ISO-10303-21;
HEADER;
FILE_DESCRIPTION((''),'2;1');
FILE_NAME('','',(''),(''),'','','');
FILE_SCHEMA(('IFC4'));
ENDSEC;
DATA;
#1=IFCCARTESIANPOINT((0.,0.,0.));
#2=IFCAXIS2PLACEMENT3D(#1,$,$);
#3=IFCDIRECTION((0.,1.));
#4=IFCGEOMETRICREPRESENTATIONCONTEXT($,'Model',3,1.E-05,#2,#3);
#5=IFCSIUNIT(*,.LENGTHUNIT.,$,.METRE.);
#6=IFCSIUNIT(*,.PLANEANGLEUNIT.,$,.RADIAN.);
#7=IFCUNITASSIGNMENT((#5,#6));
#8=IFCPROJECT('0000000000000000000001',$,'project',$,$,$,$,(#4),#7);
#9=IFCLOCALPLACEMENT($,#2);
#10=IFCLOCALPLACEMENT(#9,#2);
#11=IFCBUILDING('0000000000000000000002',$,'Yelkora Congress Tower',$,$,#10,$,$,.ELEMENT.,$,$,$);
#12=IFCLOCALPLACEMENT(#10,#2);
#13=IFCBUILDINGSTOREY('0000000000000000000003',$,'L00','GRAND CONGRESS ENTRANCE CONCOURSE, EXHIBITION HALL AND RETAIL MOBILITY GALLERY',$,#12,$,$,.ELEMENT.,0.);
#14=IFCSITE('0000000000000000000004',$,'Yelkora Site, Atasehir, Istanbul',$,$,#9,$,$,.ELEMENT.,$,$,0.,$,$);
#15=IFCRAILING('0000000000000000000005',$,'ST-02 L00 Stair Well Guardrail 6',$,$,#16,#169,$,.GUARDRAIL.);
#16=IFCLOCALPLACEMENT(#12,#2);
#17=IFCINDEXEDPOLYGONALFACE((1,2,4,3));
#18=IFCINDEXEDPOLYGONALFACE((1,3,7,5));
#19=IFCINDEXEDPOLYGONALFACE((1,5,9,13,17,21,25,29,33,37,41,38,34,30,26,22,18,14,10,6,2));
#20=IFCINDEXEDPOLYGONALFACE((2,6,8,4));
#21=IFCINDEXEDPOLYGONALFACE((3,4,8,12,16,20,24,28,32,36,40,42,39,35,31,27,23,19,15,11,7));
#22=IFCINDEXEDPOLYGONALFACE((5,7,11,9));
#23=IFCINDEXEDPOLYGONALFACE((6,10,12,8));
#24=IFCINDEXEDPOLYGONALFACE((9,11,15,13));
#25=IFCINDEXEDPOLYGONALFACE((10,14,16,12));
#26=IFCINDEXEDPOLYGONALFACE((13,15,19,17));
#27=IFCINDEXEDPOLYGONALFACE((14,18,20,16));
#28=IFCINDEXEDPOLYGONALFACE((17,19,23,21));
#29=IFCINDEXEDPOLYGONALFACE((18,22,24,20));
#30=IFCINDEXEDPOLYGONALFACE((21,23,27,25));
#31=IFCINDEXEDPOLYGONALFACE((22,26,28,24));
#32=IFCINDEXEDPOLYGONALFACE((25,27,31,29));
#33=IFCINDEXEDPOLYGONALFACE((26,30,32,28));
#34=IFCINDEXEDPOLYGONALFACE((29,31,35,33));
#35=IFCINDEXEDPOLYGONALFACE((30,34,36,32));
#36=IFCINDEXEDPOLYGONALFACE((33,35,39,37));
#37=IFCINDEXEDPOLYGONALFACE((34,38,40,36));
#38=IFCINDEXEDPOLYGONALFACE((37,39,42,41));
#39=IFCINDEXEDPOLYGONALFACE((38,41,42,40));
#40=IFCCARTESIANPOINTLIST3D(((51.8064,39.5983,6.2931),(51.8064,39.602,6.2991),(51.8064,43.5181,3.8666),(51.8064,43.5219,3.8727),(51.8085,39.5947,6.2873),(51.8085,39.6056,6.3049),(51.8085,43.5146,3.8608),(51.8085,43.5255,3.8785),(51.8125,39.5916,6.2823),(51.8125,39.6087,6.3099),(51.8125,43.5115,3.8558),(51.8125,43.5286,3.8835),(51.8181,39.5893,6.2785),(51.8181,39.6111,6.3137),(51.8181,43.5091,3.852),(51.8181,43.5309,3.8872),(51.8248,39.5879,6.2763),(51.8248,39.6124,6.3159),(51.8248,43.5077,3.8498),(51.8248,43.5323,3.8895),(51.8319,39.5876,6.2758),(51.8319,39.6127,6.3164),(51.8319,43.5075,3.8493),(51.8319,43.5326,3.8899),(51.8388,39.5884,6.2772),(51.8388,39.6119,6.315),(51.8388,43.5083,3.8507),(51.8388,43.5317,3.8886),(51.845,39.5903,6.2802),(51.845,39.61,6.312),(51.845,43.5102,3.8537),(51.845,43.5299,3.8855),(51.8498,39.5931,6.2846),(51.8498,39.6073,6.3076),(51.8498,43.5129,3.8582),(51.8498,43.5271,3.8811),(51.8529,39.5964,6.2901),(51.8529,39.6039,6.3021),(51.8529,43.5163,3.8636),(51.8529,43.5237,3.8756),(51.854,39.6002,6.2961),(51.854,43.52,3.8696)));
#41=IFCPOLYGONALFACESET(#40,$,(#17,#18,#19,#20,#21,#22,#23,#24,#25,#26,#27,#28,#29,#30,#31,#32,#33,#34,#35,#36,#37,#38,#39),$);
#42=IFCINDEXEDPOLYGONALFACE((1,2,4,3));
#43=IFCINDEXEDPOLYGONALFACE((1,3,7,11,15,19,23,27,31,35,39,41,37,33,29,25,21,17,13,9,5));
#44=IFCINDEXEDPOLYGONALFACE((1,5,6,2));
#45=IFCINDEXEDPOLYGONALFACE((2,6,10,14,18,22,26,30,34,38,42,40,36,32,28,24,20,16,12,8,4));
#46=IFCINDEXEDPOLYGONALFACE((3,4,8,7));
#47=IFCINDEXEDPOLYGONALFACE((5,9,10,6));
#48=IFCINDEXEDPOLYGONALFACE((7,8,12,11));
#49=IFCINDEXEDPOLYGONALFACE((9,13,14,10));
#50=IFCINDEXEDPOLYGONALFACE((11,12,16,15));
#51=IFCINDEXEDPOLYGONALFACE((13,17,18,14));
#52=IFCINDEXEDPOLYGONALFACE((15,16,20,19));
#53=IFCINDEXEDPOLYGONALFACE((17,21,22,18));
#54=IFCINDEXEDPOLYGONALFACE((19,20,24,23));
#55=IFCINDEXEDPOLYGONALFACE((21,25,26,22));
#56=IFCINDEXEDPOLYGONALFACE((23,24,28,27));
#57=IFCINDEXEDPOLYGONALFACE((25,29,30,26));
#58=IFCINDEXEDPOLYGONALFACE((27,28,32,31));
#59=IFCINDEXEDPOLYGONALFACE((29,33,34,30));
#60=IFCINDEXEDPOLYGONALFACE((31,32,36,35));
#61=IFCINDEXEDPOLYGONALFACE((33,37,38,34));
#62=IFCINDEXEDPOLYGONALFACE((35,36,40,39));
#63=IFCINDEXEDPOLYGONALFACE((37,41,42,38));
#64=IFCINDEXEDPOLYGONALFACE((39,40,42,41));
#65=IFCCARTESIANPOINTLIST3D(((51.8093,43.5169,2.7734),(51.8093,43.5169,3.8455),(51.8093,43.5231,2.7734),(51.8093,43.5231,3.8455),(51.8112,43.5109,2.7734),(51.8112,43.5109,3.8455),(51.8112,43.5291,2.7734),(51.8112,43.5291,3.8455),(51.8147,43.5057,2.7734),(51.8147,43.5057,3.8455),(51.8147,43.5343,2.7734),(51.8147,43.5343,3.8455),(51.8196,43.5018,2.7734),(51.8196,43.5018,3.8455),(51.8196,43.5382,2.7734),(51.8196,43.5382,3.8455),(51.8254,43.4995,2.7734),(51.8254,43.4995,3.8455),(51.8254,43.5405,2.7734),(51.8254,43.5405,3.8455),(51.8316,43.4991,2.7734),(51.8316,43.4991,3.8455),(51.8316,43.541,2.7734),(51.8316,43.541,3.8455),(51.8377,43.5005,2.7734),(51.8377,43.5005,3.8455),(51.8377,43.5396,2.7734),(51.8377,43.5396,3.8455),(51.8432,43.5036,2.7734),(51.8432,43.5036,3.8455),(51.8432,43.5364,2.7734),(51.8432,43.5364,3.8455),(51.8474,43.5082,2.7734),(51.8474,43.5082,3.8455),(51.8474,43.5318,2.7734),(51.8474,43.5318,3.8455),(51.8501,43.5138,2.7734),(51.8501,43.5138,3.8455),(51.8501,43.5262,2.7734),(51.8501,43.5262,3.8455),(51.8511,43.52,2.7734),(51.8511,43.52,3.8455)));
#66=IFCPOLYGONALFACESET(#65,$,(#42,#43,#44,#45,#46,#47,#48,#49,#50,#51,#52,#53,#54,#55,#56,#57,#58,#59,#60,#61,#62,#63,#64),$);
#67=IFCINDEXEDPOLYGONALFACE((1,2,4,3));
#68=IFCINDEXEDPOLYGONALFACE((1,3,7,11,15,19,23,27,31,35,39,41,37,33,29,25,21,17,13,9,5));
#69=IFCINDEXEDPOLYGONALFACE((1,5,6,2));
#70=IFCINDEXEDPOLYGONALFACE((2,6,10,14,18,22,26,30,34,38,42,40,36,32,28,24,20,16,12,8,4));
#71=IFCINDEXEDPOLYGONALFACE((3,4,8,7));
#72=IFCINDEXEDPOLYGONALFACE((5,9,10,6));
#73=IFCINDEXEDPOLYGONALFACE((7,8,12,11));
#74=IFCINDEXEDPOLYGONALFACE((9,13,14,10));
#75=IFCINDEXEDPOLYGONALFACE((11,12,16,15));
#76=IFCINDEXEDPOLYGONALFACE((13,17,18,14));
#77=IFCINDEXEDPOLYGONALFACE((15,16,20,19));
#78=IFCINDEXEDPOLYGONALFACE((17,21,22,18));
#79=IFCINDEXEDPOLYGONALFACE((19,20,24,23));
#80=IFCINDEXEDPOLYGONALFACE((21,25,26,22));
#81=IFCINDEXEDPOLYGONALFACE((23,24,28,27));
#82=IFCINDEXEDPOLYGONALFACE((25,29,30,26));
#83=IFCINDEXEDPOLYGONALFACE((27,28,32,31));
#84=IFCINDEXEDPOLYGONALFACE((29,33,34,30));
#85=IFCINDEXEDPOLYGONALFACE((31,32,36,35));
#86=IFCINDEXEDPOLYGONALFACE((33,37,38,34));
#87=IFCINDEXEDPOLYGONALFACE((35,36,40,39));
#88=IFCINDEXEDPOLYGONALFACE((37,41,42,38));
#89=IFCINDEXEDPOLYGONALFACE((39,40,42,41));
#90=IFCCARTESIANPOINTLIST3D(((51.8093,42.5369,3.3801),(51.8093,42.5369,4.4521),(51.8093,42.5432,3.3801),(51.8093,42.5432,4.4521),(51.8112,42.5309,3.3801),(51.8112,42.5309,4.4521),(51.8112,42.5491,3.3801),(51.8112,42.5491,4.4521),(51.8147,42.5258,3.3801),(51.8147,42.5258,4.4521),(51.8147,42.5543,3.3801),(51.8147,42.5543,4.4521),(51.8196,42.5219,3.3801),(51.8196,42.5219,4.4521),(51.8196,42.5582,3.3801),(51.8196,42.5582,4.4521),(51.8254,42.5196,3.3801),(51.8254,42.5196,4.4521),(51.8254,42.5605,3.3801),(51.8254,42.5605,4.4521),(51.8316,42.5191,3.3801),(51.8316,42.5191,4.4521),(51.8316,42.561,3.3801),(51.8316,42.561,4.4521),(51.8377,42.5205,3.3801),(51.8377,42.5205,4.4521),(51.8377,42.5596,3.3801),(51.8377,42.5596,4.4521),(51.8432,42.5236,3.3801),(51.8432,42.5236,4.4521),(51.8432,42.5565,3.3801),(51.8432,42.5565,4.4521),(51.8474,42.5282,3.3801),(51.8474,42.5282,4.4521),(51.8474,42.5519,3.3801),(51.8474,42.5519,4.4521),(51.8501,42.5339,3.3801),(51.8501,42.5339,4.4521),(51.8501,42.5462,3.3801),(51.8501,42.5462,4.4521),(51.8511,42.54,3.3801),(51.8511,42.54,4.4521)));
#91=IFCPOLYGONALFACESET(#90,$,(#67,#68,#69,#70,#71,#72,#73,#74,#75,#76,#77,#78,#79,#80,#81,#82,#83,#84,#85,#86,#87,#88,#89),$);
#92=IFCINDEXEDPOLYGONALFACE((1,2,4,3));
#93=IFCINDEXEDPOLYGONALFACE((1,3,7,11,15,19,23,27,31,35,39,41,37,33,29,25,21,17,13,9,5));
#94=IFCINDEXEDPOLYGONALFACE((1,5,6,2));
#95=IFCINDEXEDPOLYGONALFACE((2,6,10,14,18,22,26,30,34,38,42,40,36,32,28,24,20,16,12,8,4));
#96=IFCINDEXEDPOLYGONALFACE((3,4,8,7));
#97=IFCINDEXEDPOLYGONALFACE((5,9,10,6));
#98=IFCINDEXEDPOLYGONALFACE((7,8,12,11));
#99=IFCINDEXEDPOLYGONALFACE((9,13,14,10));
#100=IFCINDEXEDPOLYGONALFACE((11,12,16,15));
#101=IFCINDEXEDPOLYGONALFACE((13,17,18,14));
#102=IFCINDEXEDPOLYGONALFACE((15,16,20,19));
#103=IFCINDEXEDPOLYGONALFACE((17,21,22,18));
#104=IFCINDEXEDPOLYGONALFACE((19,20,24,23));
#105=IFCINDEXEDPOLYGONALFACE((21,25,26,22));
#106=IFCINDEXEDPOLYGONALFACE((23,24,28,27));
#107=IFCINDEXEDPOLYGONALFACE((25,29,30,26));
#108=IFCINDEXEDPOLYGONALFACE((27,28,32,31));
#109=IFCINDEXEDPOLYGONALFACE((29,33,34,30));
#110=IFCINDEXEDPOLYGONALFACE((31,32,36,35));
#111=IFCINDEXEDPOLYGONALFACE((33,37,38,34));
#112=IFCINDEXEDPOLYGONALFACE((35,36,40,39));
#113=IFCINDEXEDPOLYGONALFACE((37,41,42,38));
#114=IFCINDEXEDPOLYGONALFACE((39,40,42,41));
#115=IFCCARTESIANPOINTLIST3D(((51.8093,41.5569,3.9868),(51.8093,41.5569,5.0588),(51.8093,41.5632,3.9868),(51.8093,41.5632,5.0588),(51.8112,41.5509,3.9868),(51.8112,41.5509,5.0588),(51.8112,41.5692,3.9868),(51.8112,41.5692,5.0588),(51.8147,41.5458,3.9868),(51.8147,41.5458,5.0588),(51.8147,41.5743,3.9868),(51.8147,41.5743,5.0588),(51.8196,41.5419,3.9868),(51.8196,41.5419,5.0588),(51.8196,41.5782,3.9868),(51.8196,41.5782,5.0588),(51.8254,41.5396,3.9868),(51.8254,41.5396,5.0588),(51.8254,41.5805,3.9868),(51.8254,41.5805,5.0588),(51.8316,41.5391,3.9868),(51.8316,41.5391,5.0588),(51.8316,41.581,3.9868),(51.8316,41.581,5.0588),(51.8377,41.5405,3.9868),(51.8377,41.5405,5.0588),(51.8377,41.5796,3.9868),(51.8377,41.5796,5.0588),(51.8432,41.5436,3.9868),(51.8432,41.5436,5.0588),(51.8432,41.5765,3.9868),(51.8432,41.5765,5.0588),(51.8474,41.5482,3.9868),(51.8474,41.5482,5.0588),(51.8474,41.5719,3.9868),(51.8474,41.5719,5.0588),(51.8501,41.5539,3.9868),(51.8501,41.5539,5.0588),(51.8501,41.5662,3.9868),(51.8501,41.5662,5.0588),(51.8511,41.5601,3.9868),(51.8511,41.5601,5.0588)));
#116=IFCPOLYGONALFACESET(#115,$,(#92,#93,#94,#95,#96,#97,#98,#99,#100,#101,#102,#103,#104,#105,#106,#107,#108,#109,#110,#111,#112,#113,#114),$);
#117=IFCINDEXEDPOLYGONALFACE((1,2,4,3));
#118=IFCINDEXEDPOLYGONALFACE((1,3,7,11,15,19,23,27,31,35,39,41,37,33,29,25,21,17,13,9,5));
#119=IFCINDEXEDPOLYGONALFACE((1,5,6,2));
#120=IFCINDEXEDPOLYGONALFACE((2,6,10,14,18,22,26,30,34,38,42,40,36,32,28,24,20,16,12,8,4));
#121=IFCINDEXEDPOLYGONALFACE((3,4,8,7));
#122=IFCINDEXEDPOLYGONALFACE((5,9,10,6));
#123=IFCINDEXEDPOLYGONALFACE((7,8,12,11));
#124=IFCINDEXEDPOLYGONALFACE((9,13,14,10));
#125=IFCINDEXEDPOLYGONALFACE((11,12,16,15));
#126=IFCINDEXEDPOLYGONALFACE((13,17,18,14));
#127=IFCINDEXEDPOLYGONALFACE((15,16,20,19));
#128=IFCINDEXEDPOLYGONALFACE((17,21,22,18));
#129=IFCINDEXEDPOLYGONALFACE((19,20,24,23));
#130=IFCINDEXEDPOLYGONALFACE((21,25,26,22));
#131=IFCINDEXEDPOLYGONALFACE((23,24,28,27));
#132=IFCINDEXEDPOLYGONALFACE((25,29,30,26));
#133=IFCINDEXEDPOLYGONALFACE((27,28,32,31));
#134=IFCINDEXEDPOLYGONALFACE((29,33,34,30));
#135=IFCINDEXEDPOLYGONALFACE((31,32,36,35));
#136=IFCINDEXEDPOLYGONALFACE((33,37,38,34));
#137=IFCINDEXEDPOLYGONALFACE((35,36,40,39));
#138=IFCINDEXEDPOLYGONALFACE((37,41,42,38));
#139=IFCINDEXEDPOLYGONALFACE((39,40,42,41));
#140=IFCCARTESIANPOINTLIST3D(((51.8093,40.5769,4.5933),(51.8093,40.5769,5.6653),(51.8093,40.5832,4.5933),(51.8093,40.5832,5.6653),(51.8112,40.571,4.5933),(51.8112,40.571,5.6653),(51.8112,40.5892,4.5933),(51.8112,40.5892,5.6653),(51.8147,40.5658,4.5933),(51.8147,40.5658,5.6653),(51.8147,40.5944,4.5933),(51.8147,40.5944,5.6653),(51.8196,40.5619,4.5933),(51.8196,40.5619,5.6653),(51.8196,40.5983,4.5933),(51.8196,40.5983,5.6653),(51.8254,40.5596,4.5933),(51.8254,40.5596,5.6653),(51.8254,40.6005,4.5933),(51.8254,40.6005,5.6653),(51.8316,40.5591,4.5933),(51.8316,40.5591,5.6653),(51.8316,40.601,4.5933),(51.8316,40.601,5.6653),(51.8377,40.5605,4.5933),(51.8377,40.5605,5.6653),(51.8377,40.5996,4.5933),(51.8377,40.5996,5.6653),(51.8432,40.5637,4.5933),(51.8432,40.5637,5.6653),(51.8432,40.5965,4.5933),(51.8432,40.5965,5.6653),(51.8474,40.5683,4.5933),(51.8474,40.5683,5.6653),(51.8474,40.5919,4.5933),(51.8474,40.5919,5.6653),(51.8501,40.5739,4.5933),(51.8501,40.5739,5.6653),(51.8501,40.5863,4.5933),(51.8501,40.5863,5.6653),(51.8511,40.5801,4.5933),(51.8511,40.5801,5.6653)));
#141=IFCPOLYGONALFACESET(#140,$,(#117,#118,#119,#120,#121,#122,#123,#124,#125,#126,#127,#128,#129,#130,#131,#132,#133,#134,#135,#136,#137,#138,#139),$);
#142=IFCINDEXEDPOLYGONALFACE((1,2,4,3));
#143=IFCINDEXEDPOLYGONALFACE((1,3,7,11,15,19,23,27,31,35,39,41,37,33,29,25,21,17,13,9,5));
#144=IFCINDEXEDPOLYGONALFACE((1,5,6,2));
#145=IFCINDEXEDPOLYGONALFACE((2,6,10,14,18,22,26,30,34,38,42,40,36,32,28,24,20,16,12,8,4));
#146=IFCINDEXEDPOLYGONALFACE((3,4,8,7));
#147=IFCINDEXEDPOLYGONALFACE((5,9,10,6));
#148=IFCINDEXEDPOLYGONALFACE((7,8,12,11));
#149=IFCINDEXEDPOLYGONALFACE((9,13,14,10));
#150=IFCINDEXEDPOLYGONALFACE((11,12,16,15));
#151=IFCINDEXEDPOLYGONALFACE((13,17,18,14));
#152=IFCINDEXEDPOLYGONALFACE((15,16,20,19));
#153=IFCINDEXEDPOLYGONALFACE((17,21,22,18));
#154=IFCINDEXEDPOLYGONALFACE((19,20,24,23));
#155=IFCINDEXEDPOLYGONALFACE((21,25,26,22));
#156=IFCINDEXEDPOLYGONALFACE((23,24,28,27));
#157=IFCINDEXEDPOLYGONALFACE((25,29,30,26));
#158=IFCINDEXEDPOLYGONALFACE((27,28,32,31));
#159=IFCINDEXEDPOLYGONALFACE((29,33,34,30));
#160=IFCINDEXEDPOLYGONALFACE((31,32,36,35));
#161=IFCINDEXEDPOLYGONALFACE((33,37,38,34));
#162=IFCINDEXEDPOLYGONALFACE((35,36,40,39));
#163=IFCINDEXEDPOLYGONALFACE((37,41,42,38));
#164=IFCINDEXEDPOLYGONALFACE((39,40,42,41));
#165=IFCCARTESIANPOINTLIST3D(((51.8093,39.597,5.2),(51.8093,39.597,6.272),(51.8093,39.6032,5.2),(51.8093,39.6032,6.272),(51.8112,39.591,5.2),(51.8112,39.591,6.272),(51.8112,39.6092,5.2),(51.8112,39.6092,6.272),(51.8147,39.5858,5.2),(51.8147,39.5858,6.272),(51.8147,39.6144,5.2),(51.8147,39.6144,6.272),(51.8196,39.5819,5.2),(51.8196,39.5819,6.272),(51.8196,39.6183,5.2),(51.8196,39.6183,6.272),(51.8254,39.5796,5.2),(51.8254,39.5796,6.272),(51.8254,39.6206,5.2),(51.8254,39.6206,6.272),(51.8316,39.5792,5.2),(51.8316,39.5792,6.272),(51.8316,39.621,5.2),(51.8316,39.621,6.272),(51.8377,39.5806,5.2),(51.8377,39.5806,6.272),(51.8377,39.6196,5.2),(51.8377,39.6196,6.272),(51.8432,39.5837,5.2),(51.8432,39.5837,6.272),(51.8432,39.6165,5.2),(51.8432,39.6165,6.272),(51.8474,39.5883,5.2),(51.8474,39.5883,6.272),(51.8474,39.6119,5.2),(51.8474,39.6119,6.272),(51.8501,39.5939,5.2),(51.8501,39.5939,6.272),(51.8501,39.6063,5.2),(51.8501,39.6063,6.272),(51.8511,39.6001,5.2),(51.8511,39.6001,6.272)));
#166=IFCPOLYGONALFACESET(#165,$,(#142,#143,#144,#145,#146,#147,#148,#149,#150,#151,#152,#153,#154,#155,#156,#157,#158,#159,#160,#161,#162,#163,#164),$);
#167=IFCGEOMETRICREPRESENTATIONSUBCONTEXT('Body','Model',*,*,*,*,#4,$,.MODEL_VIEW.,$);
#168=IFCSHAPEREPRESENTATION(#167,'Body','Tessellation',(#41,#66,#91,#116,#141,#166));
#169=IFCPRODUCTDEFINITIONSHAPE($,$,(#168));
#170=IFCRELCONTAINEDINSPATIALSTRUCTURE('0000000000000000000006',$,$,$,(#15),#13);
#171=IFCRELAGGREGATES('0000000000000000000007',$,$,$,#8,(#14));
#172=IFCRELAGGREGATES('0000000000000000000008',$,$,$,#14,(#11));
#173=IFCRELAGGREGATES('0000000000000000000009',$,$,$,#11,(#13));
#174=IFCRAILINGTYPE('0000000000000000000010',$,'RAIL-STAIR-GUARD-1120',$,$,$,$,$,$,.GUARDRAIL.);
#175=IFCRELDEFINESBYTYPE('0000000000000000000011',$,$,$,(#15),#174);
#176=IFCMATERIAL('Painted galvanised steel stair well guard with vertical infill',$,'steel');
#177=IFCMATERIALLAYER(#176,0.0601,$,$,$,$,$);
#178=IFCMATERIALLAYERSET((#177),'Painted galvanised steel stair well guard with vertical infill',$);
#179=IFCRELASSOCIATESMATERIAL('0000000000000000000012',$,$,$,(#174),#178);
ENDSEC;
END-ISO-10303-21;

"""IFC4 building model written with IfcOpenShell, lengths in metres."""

from ifc_helpers import new_model, si_unit, direction, frame, origin, origin_2d, place, context, subcontext, project, spatial, circle, extrude, material, layer, layer_set, type_object, element, save


model = new_model("IFC4")

# Units and contexts
model_context = context("Model", 3, precision=1e-05, world=origin(), true_north=direction((0.0, 1.0)))
body_context = subcontext(model_context, "Body", "Model", "MODEL_VIEW")
ifc_project = project(units=[si_unit("LENGTHUNIT", "METRE"), si_unit("PLANEANGLEUNIT", "RADIAN")], contexts=[model_context])

# Site, building, storey
site_placement = place(None, origin())
site = spatial("IfcSite", under=ifc_project, at=site_placement, Name="Yelkora Site, Atasehir, Istanbul", CompositionType="ELEMENT", RefElevation=0.0)
building_placement = place(site_placement, origin())
building = spatial("IfcBuilding", under=site, at=building_placement, Name="Yelkora Congress Tower", CompositionType="ELEMENT")
storey_placement = place(building_placement, origin())
storey = spatial("IfcBuildingStorey", under=building, at=storey_placement, Name="L00", Description="GRAND CONGRESS ENTRANCE CONCOURSE, EXHIBITION HALL AND RETAIL MOBILITY GALLERY", CompositionType="ELEMENT", Elevation=0.0)

# Railing
ifc_material_1 = material(Name="Painted galvanised steel stair well guard with vertical infill", Category="steel")
ifc_layer_1 = layer(ifc_material_1, 0.0601)
ifc_layer_set_1 = layer_set([ifc_layer_1], Name="Painted galvanised steel stair well guard with vertical infill")
railing_type_1 = type_object("IfcRailingType", Name="RAIL-STAIR-GUARD-1120", PredefinedType="GUARDRAIL", material=ifc_layer_set_1)
railing_1_placement = place(storey_placement, frame((51.8301, 43.52, 2.7734)))
element("IfcRailing", 1, at=railing_1_placement, inside=storey, type_object=railing_type_1, Name="ST-02 L00 Stair Well Guardrail 6", PredefinedType="GUARDRAIL", context=body_context, shape_type="SweptSolid", body=[
    extrude(circle(Radius=0.0239, at=origin_2d()), frame((0.0, 0.0, 1.0962), z_axis=(0.0, -0.850275, 0.526338), x_axis=(1.0, 0.0, 0.0)), (0.0, 0.0, 1.0), 4.6101),
    extrude(circle(Radius=0.021, at=origin_2d()), origin(), (0.0, 0.0, 1.0), 1.072),
    extrude(circle(Radius=0.021, at=origin_2d()), frame((0.0, -0.98, 0.6067)), (0.0, 0.0, 1.0), 1.072),
    extrude(circle(Radius=0.021, at=origin_2d()), frame((0.0, -1.96, 1.2134)), (0.0, 0.0, 1.0), 1.072),
    extrude(circle(Radius=0.021, at=origin_2d()), frame((0.0, -2.9399, 1.8198)), (0.0, 0.0, 1.0), 1.072),
    extrude(circle(Radius=0.021, at=origin_2d()), frame((0.0, -3.9199, 2.4265)), (0.0, 0.0, 1.0), 1.072),
])

save(model, "model.ifc")
